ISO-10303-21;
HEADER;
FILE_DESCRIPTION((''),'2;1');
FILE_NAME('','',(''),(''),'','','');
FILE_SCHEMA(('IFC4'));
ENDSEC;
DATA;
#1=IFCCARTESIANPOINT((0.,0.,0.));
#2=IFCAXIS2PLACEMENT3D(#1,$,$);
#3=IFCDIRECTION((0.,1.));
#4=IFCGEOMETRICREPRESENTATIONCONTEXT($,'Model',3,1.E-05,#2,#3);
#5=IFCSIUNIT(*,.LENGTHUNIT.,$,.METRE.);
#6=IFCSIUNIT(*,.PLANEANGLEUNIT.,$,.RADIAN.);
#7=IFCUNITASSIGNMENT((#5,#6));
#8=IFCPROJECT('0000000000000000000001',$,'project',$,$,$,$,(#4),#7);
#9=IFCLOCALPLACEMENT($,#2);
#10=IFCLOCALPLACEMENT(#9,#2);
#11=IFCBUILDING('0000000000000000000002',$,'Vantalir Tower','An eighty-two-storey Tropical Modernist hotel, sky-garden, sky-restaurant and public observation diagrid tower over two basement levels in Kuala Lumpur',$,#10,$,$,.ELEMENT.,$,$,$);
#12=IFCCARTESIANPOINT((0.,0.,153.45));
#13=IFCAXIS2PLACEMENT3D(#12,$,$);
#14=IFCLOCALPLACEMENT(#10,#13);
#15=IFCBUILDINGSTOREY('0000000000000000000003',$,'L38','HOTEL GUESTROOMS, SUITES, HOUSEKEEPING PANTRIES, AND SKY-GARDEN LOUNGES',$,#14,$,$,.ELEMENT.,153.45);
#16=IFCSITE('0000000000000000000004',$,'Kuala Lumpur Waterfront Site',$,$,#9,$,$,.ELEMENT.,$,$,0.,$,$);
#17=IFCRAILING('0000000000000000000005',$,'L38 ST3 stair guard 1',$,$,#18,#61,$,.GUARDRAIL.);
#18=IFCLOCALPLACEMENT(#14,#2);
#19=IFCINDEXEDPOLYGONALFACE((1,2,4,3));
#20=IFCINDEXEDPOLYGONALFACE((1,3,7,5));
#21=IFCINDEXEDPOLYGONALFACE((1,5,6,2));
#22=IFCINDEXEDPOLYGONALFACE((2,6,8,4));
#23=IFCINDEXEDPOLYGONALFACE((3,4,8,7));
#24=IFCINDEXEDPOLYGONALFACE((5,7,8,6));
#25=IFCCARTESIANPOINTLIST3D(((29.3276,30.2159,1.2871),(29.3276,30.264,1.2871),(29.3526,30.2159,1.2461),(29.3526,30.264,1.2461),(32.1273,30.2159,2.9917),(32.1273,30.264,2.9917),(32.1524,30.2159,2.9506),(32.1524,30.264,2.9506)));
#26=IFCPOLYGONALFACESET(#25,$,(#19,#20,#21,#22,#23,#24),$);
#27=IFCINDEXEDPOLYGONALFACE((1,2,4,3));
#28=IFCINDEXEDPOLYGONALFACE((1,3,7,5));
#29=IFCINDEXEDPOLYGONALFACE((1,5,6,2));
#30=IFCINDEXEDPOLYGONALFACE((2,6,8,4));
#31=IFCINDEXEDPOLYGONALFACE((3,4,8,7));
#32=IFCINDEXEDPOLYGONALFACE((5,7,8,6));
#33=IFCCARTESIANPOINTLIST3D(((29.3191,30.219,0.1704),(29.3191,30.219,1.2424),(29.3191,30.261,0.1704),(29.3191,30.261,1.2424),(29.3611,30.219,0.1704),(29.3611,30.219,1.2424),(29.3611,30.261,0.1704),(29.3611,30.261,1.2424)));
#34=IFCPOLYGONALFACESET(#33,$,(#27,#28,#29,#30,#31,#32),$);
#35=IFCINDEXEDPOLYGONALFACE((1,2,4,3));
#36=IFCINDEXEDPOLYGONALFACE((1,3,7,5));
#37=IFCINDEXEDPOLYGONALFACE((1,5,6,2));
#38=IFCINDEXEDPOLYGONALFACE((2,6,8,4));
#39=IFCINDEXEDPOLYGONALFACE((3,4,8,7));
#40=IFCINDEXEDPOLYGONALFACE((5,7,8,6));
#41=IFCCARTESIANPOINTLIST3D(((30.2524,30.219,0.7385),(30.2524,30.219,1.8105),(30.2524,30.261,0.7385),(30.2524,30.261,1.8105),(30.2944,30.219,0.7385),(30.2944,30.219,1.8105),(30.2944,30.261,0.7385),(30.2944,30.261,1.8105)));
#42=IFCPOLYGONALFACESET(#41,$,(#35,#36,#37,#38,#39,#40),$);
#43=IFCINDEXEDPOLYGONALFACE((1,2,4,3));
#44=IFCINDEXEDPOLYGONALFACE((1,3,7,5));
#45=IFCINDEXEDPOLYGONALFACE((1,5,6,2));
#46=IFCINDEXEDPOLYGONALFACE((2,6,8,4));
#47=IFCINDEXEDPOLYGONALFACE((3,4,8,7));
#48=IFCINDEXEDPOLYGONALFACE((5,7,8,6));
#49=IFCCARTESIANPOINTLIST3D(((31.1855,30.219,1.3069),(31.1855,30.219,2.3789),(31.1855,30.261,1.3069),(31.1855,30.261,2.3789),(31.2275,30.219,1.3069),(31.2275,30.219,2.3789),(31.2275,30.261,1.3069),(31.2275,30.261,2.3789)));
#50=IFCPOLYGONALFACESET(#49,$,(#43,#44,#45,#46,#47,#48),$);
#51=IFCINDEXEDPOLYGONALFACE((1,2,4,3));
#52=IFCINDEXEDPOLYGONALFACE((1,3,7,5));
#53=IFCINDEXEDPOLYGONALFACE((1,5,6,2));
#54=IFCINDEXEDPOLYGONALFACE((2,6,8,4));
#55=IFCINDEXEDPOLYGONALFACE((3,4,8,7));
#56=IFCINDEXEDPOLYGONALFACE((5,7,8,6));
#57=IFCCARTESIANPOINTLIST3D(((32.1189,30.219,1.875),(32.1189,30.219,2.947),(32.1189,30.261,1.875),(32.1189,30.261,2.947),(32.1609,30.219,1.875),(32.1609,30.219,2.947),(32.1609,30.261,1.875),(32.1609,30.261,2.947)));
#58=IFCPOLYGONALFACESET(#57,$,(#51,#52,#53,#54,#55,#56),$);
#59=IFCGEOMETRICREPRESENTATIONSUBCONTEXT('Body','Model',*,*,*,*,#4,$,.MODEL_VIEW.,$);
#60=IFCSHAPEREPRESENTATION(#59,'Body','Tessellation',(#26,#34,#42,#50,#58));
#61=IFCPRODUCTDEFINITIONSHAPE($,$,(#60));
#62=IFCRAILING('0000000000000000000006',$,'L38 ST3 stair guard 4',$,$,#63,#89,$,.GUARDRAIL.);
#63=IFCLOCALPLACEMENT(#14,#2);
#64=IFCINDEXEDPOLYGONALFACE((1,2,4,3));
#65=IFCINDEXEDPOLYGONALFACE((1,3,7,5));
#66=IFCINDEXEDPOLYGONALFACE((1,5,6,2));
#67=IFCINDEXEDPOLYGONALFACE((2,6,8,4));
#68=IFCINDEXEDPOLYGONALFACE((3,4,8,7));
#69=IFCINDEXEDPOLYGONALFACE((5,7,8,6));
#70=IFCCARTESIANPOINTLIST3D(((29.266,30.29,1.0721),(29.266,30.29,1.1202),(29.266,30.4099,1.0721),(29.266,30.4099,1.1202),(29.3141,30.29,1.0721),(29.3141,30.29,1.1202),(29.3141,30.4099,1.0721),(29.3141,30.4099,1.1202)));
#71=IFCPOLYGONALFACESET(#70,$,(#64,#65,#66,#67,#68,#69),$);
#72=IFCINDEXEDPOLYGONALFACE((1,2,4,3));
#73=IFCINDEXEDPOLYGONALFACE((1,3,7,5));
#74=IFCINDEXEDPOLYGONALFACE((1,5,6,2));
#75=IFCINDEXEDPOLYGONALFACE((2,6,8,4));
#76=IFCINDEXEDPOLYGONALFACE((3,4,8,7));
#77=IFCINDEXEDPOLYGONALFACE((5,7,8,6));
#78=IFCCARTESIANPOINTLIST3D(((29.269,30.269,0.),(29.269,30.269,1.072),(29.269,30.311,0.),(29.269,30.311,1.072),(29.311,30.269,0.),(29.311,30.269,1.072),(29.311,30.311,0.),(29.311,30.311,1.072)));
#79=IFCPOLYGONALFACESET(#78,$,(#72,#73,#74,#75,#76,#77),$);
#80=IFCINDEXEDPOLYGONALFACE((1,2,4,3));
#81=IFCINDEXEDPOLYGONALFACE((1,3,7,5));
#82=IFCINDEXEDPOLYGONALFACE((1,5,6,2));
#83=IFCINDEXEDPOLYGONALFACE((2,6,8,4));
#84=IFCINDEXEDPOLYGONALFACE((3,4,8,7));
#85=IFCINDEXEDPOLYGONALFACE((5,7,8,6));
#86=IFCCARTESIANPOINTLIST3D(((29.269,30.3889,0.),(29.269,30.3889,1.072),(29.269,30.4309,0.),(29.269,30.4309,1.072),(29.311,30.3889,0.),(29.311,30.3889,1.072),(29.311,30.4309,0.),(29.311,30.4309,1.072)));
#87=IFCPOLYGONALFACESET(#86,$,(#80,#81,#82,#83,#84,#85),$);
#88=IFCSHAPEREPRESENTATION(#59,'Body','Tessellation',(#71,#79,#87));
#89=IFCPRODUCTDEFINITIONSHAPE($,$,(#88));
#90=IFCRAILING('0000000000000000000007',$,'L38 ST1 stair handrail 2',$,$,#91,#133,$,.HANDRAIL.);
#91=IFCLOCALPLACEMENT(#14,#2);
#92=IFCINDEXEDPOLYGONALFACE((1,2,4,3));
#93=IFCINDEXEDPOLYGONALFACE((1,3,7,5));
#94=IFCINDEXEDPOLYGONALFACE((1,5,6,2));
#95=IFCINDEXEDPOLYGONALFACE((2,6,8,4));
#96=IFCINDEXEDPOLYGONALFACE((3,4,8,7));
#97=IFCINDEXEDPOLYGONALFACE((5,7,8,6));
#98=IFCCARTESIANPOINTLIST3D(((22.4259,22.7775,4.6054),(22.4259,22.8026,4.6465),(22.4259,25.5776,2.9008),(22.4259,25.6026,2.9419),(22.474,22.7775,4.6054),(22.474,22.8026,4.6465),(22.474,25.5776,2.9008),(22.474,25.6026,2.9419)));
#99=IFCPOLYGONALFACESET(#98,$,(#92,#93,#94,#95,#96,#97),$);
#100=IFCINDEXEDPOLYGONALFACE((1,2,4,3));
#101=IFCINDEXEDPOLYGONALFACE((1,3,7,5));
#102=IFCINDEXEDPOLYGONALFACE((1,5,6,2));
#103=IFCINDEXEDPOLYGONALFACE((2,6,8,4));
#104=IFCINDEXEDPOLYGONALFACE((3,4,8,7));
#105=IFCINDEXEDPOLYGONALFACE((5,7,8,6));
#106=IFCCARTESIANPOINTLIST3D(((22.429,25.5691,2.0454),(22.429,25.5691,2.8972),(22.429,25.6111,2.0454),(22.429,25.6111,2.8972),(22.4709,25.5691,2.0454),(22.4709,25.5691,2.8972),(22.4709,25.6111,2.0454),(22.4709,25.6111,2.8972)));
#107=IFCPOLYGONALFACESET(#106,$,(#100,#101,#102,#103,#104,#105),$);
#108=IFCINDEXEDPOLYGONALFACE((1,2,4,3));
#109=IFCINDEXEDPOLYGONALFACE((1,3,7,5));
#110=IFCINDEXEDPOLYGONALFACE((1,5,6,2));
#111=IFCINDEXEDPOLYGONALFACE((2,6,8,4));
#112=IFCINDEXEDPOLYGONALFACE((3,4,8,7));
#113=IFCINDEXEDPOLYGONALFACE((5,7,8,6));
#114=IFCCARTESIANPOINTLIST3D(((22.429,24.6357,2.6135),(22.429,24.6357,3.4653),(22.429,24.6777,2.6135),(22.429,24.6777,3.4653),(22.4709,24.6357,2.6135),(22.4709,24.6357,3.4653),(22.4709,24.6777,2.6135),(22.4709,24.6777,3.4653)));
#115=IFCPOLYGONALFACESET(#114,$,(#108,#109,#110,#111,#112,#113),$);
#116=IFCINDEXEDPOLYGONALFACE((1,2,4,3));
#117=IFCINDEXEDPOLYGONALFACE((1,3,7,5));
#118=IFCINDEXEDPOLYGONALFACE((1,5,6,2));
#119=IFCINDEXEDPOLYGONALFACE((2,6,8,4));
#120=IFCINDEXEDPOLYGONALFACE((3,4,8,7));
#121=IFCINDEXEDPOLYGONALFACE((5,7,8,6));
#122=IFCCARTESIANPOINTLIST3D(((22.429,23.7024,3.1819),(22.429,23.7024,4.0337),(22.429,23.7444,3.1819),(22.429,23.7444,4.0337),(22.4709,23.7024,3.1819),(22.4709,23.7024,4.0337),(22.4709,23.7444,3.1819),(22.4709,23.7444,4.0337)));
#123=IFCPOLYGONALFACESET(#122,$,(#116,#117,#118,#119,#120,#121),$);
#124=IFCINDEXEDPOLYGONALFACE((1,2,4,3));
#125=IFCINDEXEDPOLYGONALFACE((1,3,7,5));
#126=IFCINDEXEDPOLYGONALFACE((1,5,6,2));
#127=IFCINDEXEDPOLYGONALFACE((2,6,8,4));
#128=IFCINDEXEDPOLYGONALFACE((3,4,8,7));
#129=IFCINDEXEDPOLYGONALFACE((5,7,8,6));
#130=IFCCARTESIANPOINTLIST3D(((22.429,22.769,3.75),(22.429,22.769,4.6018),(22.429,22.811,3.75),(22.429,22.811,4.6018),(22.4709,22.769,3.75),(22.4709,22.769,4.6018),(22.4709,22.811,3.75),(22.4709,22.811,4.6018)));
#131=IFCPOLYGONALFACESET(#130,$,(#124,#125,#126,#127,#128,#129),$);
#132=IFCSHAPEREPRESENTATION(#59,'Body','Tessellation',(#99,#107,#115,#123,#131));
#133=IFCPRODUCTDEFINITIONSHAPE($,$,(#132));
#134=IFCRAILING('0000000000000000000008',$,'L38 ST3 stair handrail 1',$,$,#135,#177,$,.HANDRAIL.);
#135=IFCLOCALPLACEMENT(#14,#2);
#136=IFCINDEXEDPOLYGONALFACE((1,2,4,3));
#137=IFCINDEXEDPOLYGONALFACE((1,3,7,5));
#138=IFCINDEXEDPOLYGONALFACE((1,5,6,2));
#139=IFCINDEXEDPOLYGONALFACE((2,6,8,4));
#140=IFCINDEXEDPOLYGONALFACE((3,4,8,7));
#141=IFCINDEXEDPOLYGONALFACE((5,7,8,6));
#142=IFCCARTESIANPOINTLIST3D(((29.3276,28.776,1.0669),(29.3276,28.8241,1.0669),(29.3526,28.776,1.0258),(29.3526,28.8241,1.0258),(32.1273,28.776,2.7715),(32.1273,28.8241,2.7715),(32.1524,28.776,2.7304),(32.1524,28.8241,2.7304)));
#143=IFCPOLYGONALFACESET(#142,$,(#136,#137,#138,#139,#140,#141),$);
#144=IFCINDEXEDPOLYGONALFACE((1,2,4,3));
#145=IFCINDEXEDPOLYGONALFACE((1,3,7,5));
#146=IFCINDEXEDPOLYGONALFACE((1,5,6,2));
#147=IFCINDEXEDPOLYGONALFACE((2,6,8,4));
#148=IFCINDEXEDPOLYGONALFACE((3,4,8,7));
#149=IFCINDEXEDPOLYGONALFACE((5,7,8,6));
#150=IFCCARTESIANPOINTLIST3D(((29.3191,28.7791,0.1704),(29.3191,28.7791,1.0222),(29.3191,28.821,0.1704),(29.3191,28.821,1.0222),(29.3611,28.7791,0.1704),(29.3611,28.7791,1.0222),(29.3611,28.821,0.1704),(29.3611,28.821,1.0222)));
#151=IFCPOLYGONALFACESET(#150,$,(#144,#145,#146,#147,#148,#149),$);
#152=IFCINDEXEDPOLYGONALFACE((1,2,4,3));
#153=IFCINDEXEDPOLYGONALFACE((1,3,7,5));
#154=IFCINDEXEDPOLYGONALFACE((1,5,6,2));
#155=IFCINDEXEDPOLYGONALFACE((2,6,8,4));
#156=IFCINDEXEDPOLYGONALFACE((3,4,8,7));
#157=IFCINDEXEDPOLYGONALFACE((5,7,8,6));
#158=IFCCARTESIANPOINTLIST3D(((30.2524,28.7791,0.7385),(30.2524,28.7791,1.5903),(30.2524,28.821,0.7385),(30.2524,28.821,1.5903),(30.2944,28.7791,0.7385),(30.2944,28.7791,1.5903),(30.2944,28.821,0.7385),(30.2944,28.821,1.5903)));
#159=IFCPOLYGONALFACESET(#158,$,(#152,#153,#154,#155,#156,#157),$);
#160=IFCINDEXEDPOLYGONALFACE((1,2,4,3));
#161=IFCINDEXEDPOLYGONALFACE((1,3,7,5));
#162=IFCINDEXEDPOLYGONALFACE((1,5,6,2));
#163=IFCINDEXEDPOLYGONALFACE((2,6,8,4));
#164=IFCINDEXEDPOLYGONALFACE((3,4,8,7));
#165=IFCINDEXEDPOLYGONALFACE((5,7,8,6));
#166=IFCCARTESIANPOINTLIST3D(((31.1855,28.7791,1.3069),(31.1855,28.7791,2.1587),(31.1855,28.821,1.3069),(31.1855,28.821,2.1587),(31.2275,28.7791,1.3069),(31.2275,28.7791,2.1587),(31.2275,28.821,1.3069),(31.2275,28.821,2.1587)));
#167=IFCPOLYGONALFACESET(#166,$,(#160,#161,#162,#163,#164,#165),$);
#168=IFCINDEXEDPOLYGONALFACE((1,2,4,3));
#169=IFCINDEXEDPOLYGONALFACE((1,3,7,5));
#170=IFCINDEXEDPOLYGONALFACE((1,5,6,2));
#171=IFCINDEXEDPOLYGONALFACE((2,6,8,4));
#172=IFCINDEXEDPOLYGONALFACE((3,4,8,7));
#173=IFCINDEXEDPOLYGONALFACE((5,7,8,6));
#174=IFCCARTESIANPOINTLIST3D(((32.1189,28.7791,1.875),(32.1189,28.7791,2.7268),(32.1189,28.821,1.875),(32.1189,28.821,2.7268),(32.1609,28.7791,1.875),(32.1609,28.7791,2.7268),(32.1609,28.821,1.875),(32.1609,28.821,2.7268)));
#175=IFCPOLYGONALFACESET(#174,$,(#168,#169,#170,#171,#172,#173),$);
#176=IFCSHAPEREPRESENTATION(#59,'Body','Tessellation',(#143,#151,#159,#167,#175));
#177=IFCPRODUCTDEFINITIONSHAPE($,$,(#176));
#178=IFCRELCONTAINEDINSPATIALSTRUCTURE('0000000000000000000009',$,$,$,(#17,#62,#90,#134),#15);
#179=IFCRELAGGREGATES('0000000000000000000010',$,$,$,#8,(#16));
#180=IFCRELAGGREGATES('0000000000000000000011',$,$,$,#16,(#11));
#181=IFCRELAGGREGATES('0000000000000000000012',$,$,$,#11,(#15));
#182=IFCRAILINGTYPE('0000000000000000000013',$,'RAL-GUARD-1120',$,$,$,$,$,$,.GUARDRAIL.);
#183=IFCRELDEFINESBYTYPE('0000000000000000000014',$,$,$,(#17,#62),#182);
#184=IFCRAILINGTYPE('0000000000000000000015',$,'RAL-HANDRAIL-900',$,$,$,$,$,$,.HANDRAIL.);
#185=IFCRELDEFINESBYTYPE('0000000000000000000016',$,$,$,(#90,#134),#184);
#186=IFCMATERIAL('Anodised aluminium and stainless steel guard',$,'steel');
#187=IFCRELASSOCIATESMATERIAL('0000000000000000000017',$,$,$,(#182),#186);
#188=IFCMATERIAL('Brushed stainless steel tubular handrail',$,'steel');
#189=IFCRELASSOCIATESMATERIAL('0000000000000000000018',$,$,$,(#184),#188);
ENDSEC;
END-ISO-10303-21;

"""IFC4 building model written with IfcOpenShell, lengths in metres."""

from ifc_helpers import new_model, si_unit, direction, frame, origin, origin_2d, place, context, subcontext, project, spatial, rectangle, extrude, material, type_object, element, save


model = new_model("IFC4")

# Units and contexts
model_context = context("Model", 3, precision=1e-05, world=origin(), true_north=direction((0.0, 1.0)))
body_context = subcontext(model_context, "Body", "Model", "MODEL_VIEW")
ifc_project = project(units=[si_unit("LENGTHUNIT", "METRE"), si_unit("PLANEANGLEUNIT", "RADIAN")], contexts=[model_context])

# Site, building, storey
site_placement = place(None, origin())
site = spatial("IfcSite", under=ifc_project, at=site_placement, Name="Kuala Lumpur Waterfront Site", CompositionType="ELEMENT", RefElevation=0.0)
building_placement = place(site_placement, origin())
building = spatial("IfcBuilding", under=site, at=building_placement, Name="Vantalir Tower", Description="An eighty-two-storey Tropical Modernist hotel, sky-garden, sky-restaurant and public observation diagrid tower over two basement levels in Kuala Lumpur", CompositionType="ELEMENT")
storey_placement = place(building_placement, frame((0.0, 0.0, 153.45)))
storey = spatial("IfcBuildingStorey", under=building, at=storey_placement, Name="L38", Description="HOTEL GUESTROOMS, SUITES, HOUSEKEEPING PANTRIES, AND SKY-GARDEN LOUNGES", CompositionType="ELEMENT", Elevation=153.45)

# Railings
ifc_material_1 = material(Name="Anodised aluminium and stainless steel guard", Category="steel")
railing_type_1 = type_object("IfcRailingType", Name="RAL-GUARD-1120", PredefinedType="GUARDRAIL", material=ifc_material_1)
railing_1_placement = place(storey_placement, frame((29.3401, 30.24, 0.1704)))
element("IfcRailing", 1, at=railing_1_placement, inside=storey, type_object=railing_type_1, Name="L38 ST3 stair guard 1", PredefinedType="GUARDRAIL", context=body_context, shape_type="SweptSolid", body=[
    extrude(rectangle(XDim=0.0481, YDim=0.0481, at=origin_2d()), frame((0.0, 0.0, 1.0962), z_axis=(0.85415, 0.0, 0.520027), x_axis=(0.0, 1.0, 0.0)), (0.0, 0.0, 1.0), 3.2778),
    extrude(rectangle(XDim=0.042, YDim=0.042, at=origin_2d()), origin(), (0.0, 0.0, 1.0), 1.072),
    extrude(rectangle(XDim=0.042, YDim=0.042, at=origin_2d()), frame((0.9333, 0.0, 0.5681)), (0.0, 0.0, 1.0), 1.072),
    extrude(rectangle(XDim=0.042, YDim=0.042, at=origin_2d()), frame((1.8665, 0.0, 1.1365)), (0.0, 0.0, 1.0), 1.072),
    extrude(rectangle(XDim=0.042, YDim=0.042, at=origin_2d()), frame((2.7998, 0.0, 1.7046)), (0.0, 0.0, 1.0), 1.072),
])
railing_2_placement = place(storey_placement, frame((29.29, 30.29, 0.0)))
element("IfcRailing", 2, at=railing_2_placement, inside=storey, type_object=railing_type_1, Name="L38 ST3 stair guard 4", PredefinedType="GUARDRAIL", context=body_context, shape_type="SweptSolid", body=[
    extrude(rectangle(XDim=0.0481, YDim=0.0481, at=origin_2d()), frame((0.0, 0.0, 1.0962), z_axis=(0.0, 1.0, 0.0), x_axis=(-1.0, 0.0, 0.0)), (0.0, 0.0, 1.0), 0.1199),
    extrude(rectangle(XDim=0.042, YDim=0.042, at=origin_2d()), origin(), (0.0, 0.0, 1.0), 1.072),
    extrude(rectangle(XDim=0.042, YDim=0.042, at=origin_2d()), frame((0.0, 0.1199, 0.0)), (0.0, 0.0, 1.0), 1.072),
])
ifc_material_2 = material(Name="Brushed stainless steel tubular handrail", Category="steel")
railing_type_2 = type_object("IfcRailingType", Name="RAL-HANDRAIL-900", PredefinedType="HANDRAIL", material=ifc_material_2)
railing_3_placement = place(storey_placement, frame((22.45, 25.5901, 2.0454)))
element("IfcRailing", 3, at=railing_3_placement, inside=storey, type_object=railing_type_2, Name="L38 ST1 stair handrail 2", PredefinedType="HANDRAIL", context=body_context, shape_type="SweptSolid", body=[
    extrude(rectangle(XDim=0.0481, YDim=0.0481, at=origin_2d()), frame((0.0, 0.0, 0.876), z_axis=(0.0, -0.85417, 0.519994), x_axis=(1.0, 0.0, 0.0)), (0.0, 0.0, 1.0), 3.2781),
    extrude(rectangle(XDim=0.042, YDim=0.042, at=origin_2d()), origin(), (0.0, 0.0, 1.0), 0.8518),
    extrude(rectangle(XDim=0.042, YDim=0.042, at=origin_2d()), frame((0.0, -0.9333, 0.5681)), (0.0, 0.0, 1.0), 0.8518),
    extrude(rectangle(XDim=0.042, YDim=0.042, at=origin_2d()), frame((0.0, -1.8667, 1.1365)), (0.0, 0.0, 1.0), 0.8518),
    extrude(rectangle(XDim=0.042, YDim=0.042, at=origin_2d()), frame((0.0, -2.8, 1.7046)), (0.0, 0.0, 1.0), 0.8518),
])
railing_4_placement = place(storey_placement, frame((29.3401, 28.8, 0.1704)))
element("IfcRailing", 4, at=railing_4_placement, inside=storey, type_object=railing_type_2, Name="L38 ST3 stair handrail 1", PredefinedType="HANDRAIL", context=body_context, shape_type="SweptSolid", body=[
    extrude(rectangle(XDim=0.0481, YDim=0.0481, at=origin_2d()), frame((0.0, 0.0, 0.876), z_axis=(0.85415, 0.0, 0.520027), x_axis=(0.0, 1.0, 0.0)), (0.0, 0.0, 1.0), 3.2778),
    extrude(rectangle(XDim=0.042, YDim=0.042, at=origin_2d()), origin(), (0.0, 0.0, 1.0), 0.8518),
    extrude(rectangle(XDim=0.042, YDim=0.042, at=origin_2d()), frame((0.9333, 0.0, 0.5681)), (0.0, 0.0, 1.0), 0.8518),
    extrude(rectangle(XDim=0.042, YDim=0.042, at=origin_2d()), frame((1.8665, 0.0, 1.1365)), (0.0, 0.0, 1.0), 0.8518),
    extrude(rectangle(XDim=0.042, YDim=0.042, at=origin_2d()), frame((2.7998, 0.0, 1.7046)), (0.0, 0.0, 1.0), 0.8518),
])

save(model, "model.ifc")
